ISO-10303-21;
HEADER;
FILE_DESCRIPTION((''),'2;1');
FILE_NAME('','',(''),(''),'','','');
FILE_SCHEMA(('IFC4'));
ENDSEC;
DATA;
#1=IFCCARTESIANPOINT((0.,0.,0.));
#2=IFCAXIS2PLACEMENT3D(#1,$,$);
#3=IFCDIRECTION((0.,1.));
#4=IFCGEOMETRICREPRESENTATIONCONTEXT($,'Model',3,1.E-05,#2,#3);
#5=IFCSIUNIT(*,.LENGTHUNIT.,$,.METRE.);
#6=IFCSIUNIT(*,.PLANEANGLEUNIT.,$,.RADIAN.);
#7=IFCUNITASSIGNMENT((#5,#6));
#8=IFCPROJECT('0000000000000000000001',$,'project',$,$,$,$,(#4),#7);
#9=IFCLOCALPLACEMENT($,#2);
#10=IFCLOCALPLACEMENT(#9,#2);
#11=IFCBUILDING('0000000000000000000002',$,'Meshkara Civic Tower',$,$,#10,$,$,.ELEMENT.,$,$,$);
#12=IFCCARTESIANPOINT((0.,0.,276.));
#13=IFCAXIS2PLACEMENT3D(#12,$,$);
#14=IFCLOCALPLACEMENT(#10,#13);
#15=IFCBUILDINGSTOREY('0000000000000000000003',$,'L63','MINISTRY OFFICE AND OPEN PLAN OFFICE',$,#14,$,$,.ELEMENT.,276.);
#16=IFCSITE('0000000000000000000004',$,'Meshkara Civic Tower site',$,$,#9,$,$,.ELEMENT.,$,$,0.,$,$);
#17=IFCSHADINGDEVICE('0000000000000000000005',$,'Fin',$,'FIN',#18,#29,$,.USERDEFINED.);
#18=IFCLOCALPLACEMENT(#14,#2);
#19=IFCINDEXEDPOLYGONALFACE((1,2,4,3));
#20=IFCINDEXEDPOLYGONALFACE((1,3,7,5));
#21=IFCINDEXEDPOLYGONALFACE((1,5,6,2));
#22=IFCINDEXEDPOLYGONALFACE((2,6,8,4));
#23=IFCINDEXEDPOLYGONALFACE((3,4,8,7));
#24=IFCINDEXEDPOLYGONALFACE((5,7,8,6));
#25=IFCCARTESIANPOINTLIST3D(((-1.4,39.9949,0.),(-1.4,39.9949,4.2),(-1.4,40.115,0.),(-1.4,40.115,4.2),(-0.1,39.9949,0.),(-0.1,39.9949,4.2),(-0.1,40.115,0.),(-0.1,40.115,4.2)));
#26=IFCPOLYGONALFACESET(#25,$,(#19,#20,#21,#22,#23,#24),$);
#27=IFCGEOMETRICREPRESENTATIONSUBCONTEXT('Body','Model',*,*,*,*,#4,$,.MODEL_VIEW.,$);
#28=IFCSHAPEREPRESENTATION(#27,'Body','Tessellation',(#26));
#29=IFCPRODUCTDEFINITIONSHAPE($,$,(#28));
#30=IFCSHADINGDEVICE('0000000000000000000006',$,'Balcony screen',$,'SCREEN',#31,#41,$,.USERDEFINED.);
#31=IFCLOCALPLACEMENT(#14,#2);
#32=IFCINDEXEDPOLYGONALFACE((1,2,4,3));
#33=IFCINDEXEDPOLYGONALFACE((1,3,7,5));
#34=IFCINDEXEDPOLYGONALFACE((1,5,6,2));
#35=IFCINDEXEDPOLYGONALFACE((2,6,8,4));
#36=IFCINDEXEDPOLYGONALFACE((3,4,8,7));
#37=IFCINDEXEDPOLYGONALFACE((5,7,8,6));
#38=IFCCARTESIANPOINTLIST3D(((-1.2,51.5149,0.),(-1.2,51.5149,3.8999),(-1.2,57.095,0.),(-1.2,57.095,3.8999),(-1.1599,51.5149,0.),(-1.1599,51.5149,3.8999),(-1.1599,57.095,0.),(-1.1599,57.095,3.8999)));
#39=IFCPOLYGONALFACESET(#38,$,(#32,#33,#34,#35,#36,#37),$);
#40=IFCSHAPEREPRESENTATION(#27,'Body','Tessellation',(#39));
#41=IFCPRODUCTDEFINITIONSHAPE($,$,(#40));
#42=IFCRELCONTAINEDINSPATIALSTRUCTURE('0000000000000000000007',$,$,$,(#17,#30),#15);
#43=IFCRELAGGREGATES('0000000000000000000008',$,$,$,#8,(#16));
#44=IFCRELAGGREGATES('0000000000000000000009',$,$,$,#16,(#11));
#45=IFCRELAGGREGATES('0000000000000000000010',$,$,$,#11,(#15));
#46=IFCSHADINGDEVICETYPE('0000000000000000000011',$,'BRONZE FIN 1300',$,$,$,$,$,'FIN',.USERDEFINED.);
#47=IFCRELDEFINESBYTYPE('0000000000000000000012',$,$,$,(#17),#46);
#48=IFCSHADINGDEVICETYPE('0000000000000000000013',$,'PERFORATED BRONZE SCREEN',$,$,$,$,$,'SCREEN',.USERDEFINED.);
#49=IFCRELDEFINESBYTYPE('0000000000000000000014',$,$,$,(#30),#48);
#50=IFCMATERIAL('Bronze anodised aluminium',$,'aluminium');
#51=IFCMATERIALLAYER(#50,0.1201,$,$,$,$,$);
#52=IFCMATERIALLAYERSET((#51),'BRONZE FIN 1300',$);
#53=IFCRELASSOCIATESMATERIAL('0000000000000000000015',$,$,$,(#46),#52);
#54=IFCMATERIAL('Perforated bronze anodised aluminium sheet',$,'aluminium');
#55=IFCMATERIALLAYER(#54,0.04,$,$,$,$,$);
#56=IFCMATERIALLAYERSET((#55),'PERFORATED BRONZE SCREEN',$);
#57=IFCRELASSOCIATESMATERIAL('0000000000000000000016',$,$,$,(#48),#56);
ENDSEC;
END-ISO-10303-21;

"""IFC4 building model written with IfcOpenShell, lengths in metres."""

from ifc_helpers import new_model, si_unit, direction, frame, origin, origin_2d, place, context, subcontext, project, spatial, rectangle, extrude, material, layer, layer_set, type_object, element, save


model = new_model("IFC4")

# Units and contexts
model_context = context("Model", 3, precision=1e-05, world=origin(), true_north=direction((0.0, 1.0)))
body_context = subcontext(model_context, "Body", "Model", "MODEL_VIEW")
ifc_project = project(units=[si_unit("LENGTHUNIT", "METRE"), si_unit("PLANEANGLEUNIT", "RADIAN")], contexts=[model_context])

# Site, building, storey
site_placement = place(None, origin())
site = spatial("IfcSite", under=ifc_project, at=site_placement, Name="Meshkara Civic Tower site", CompositionType="ELEMENT", RefElevation=0.0)
building_placement = place(site_placement, origin())
building = spatial("IfcBuilding", under=site, at=building_placement, Name="Meshkara Civic Tower", CompositionType="ELEMENT")
storey_placement = place(building_placement, frame((0.0, 0.0, 276.0)))
storey = spatial("IfcBuildingStorey", under=building, at=storey_placement, Name="L63", Description="MINISTRY OFFICE AND OPEN PLAN OFFICE", CompositionType="ELEMENT", Elevation=276.0)

# Shading devices
ifc_material_1 = material(Name="Bronze anodised aluminium", Category="aluminium")
ifc_layer_1 = layer(ifc_material_1, 0.1201)
ifc_layer_set_1 = layer_set([ifc_layer_1], Name="BRONZE FIN 1300")
shading_device_type_1 = type_object("IfcShadingDeviceType", Name="BRONZE FIN 1300", ElementType="FIN", PredefinedType="USERDEFINED", material=ifc_layer_set_1)
for number, where, z_axis, x_axis, name in (
    (1, (-0.75, 40.0549, 0.0), (0.0, 0.0, 1.0), (0.0, -1.0, 0.0), "Fin"),
):
    element("IfcShadingDevice", number, at=place(storey_placement, frame(where, z_axis=z_axis, x_axis=x_axis)), inside=storey, type_object=shading_device_type_1, Name=name, ObjectType="FIN", PredefinedType="USERDEFINED", context=body_context, shape_type="SweptSolid", body=[
        extrude(rectangle(XDim=0.1201, YDim=1.3, at=origin_2d()), origin(), (0.0, 0.0, 1.0), 4.2),
    ])
ifc_material_2 = material(Name="Perforated bronze anodised aluminium sheet", Category="aluminium")
ifc_layer_2 = layer(ifc_material_2, 0.04)
ifc_layer_set_2 = layer_set([ifc_layer_2], Name="PERFORATED BRONZE SCREEN")
shading_device_type_2 = type_object("IfcShadingDeviceType", Name="PERFORATED BRONZE SCREEN", ElementType="SCREEN", PredefinedType="USERDEFINED", material=ifc_layer_set_2)
shading_device_placement = place(storey_placement, frame((-1.1799, 54.3049, 0.0), z_axis=(0.0, 0.0, 1.0), x_axis=(0.0, -1.0, 0.0)))
element("IfcShadingDevice", 2, at=shading_device_placement, inside=storey, type_object=shading_device_type_2, Name="Balcony screen", ObjectType="SCREEN", PredefinedType="USERDEFINED", context=body_context, shape_type="SweptSolid", body=[
    extrude(rectangle(XDim=5.5801, YDim=0.04, at=origin_2d()), origin(), (0.0, 0.0, 1.0), 3.8999),
])

save(model, "model.ifc")
